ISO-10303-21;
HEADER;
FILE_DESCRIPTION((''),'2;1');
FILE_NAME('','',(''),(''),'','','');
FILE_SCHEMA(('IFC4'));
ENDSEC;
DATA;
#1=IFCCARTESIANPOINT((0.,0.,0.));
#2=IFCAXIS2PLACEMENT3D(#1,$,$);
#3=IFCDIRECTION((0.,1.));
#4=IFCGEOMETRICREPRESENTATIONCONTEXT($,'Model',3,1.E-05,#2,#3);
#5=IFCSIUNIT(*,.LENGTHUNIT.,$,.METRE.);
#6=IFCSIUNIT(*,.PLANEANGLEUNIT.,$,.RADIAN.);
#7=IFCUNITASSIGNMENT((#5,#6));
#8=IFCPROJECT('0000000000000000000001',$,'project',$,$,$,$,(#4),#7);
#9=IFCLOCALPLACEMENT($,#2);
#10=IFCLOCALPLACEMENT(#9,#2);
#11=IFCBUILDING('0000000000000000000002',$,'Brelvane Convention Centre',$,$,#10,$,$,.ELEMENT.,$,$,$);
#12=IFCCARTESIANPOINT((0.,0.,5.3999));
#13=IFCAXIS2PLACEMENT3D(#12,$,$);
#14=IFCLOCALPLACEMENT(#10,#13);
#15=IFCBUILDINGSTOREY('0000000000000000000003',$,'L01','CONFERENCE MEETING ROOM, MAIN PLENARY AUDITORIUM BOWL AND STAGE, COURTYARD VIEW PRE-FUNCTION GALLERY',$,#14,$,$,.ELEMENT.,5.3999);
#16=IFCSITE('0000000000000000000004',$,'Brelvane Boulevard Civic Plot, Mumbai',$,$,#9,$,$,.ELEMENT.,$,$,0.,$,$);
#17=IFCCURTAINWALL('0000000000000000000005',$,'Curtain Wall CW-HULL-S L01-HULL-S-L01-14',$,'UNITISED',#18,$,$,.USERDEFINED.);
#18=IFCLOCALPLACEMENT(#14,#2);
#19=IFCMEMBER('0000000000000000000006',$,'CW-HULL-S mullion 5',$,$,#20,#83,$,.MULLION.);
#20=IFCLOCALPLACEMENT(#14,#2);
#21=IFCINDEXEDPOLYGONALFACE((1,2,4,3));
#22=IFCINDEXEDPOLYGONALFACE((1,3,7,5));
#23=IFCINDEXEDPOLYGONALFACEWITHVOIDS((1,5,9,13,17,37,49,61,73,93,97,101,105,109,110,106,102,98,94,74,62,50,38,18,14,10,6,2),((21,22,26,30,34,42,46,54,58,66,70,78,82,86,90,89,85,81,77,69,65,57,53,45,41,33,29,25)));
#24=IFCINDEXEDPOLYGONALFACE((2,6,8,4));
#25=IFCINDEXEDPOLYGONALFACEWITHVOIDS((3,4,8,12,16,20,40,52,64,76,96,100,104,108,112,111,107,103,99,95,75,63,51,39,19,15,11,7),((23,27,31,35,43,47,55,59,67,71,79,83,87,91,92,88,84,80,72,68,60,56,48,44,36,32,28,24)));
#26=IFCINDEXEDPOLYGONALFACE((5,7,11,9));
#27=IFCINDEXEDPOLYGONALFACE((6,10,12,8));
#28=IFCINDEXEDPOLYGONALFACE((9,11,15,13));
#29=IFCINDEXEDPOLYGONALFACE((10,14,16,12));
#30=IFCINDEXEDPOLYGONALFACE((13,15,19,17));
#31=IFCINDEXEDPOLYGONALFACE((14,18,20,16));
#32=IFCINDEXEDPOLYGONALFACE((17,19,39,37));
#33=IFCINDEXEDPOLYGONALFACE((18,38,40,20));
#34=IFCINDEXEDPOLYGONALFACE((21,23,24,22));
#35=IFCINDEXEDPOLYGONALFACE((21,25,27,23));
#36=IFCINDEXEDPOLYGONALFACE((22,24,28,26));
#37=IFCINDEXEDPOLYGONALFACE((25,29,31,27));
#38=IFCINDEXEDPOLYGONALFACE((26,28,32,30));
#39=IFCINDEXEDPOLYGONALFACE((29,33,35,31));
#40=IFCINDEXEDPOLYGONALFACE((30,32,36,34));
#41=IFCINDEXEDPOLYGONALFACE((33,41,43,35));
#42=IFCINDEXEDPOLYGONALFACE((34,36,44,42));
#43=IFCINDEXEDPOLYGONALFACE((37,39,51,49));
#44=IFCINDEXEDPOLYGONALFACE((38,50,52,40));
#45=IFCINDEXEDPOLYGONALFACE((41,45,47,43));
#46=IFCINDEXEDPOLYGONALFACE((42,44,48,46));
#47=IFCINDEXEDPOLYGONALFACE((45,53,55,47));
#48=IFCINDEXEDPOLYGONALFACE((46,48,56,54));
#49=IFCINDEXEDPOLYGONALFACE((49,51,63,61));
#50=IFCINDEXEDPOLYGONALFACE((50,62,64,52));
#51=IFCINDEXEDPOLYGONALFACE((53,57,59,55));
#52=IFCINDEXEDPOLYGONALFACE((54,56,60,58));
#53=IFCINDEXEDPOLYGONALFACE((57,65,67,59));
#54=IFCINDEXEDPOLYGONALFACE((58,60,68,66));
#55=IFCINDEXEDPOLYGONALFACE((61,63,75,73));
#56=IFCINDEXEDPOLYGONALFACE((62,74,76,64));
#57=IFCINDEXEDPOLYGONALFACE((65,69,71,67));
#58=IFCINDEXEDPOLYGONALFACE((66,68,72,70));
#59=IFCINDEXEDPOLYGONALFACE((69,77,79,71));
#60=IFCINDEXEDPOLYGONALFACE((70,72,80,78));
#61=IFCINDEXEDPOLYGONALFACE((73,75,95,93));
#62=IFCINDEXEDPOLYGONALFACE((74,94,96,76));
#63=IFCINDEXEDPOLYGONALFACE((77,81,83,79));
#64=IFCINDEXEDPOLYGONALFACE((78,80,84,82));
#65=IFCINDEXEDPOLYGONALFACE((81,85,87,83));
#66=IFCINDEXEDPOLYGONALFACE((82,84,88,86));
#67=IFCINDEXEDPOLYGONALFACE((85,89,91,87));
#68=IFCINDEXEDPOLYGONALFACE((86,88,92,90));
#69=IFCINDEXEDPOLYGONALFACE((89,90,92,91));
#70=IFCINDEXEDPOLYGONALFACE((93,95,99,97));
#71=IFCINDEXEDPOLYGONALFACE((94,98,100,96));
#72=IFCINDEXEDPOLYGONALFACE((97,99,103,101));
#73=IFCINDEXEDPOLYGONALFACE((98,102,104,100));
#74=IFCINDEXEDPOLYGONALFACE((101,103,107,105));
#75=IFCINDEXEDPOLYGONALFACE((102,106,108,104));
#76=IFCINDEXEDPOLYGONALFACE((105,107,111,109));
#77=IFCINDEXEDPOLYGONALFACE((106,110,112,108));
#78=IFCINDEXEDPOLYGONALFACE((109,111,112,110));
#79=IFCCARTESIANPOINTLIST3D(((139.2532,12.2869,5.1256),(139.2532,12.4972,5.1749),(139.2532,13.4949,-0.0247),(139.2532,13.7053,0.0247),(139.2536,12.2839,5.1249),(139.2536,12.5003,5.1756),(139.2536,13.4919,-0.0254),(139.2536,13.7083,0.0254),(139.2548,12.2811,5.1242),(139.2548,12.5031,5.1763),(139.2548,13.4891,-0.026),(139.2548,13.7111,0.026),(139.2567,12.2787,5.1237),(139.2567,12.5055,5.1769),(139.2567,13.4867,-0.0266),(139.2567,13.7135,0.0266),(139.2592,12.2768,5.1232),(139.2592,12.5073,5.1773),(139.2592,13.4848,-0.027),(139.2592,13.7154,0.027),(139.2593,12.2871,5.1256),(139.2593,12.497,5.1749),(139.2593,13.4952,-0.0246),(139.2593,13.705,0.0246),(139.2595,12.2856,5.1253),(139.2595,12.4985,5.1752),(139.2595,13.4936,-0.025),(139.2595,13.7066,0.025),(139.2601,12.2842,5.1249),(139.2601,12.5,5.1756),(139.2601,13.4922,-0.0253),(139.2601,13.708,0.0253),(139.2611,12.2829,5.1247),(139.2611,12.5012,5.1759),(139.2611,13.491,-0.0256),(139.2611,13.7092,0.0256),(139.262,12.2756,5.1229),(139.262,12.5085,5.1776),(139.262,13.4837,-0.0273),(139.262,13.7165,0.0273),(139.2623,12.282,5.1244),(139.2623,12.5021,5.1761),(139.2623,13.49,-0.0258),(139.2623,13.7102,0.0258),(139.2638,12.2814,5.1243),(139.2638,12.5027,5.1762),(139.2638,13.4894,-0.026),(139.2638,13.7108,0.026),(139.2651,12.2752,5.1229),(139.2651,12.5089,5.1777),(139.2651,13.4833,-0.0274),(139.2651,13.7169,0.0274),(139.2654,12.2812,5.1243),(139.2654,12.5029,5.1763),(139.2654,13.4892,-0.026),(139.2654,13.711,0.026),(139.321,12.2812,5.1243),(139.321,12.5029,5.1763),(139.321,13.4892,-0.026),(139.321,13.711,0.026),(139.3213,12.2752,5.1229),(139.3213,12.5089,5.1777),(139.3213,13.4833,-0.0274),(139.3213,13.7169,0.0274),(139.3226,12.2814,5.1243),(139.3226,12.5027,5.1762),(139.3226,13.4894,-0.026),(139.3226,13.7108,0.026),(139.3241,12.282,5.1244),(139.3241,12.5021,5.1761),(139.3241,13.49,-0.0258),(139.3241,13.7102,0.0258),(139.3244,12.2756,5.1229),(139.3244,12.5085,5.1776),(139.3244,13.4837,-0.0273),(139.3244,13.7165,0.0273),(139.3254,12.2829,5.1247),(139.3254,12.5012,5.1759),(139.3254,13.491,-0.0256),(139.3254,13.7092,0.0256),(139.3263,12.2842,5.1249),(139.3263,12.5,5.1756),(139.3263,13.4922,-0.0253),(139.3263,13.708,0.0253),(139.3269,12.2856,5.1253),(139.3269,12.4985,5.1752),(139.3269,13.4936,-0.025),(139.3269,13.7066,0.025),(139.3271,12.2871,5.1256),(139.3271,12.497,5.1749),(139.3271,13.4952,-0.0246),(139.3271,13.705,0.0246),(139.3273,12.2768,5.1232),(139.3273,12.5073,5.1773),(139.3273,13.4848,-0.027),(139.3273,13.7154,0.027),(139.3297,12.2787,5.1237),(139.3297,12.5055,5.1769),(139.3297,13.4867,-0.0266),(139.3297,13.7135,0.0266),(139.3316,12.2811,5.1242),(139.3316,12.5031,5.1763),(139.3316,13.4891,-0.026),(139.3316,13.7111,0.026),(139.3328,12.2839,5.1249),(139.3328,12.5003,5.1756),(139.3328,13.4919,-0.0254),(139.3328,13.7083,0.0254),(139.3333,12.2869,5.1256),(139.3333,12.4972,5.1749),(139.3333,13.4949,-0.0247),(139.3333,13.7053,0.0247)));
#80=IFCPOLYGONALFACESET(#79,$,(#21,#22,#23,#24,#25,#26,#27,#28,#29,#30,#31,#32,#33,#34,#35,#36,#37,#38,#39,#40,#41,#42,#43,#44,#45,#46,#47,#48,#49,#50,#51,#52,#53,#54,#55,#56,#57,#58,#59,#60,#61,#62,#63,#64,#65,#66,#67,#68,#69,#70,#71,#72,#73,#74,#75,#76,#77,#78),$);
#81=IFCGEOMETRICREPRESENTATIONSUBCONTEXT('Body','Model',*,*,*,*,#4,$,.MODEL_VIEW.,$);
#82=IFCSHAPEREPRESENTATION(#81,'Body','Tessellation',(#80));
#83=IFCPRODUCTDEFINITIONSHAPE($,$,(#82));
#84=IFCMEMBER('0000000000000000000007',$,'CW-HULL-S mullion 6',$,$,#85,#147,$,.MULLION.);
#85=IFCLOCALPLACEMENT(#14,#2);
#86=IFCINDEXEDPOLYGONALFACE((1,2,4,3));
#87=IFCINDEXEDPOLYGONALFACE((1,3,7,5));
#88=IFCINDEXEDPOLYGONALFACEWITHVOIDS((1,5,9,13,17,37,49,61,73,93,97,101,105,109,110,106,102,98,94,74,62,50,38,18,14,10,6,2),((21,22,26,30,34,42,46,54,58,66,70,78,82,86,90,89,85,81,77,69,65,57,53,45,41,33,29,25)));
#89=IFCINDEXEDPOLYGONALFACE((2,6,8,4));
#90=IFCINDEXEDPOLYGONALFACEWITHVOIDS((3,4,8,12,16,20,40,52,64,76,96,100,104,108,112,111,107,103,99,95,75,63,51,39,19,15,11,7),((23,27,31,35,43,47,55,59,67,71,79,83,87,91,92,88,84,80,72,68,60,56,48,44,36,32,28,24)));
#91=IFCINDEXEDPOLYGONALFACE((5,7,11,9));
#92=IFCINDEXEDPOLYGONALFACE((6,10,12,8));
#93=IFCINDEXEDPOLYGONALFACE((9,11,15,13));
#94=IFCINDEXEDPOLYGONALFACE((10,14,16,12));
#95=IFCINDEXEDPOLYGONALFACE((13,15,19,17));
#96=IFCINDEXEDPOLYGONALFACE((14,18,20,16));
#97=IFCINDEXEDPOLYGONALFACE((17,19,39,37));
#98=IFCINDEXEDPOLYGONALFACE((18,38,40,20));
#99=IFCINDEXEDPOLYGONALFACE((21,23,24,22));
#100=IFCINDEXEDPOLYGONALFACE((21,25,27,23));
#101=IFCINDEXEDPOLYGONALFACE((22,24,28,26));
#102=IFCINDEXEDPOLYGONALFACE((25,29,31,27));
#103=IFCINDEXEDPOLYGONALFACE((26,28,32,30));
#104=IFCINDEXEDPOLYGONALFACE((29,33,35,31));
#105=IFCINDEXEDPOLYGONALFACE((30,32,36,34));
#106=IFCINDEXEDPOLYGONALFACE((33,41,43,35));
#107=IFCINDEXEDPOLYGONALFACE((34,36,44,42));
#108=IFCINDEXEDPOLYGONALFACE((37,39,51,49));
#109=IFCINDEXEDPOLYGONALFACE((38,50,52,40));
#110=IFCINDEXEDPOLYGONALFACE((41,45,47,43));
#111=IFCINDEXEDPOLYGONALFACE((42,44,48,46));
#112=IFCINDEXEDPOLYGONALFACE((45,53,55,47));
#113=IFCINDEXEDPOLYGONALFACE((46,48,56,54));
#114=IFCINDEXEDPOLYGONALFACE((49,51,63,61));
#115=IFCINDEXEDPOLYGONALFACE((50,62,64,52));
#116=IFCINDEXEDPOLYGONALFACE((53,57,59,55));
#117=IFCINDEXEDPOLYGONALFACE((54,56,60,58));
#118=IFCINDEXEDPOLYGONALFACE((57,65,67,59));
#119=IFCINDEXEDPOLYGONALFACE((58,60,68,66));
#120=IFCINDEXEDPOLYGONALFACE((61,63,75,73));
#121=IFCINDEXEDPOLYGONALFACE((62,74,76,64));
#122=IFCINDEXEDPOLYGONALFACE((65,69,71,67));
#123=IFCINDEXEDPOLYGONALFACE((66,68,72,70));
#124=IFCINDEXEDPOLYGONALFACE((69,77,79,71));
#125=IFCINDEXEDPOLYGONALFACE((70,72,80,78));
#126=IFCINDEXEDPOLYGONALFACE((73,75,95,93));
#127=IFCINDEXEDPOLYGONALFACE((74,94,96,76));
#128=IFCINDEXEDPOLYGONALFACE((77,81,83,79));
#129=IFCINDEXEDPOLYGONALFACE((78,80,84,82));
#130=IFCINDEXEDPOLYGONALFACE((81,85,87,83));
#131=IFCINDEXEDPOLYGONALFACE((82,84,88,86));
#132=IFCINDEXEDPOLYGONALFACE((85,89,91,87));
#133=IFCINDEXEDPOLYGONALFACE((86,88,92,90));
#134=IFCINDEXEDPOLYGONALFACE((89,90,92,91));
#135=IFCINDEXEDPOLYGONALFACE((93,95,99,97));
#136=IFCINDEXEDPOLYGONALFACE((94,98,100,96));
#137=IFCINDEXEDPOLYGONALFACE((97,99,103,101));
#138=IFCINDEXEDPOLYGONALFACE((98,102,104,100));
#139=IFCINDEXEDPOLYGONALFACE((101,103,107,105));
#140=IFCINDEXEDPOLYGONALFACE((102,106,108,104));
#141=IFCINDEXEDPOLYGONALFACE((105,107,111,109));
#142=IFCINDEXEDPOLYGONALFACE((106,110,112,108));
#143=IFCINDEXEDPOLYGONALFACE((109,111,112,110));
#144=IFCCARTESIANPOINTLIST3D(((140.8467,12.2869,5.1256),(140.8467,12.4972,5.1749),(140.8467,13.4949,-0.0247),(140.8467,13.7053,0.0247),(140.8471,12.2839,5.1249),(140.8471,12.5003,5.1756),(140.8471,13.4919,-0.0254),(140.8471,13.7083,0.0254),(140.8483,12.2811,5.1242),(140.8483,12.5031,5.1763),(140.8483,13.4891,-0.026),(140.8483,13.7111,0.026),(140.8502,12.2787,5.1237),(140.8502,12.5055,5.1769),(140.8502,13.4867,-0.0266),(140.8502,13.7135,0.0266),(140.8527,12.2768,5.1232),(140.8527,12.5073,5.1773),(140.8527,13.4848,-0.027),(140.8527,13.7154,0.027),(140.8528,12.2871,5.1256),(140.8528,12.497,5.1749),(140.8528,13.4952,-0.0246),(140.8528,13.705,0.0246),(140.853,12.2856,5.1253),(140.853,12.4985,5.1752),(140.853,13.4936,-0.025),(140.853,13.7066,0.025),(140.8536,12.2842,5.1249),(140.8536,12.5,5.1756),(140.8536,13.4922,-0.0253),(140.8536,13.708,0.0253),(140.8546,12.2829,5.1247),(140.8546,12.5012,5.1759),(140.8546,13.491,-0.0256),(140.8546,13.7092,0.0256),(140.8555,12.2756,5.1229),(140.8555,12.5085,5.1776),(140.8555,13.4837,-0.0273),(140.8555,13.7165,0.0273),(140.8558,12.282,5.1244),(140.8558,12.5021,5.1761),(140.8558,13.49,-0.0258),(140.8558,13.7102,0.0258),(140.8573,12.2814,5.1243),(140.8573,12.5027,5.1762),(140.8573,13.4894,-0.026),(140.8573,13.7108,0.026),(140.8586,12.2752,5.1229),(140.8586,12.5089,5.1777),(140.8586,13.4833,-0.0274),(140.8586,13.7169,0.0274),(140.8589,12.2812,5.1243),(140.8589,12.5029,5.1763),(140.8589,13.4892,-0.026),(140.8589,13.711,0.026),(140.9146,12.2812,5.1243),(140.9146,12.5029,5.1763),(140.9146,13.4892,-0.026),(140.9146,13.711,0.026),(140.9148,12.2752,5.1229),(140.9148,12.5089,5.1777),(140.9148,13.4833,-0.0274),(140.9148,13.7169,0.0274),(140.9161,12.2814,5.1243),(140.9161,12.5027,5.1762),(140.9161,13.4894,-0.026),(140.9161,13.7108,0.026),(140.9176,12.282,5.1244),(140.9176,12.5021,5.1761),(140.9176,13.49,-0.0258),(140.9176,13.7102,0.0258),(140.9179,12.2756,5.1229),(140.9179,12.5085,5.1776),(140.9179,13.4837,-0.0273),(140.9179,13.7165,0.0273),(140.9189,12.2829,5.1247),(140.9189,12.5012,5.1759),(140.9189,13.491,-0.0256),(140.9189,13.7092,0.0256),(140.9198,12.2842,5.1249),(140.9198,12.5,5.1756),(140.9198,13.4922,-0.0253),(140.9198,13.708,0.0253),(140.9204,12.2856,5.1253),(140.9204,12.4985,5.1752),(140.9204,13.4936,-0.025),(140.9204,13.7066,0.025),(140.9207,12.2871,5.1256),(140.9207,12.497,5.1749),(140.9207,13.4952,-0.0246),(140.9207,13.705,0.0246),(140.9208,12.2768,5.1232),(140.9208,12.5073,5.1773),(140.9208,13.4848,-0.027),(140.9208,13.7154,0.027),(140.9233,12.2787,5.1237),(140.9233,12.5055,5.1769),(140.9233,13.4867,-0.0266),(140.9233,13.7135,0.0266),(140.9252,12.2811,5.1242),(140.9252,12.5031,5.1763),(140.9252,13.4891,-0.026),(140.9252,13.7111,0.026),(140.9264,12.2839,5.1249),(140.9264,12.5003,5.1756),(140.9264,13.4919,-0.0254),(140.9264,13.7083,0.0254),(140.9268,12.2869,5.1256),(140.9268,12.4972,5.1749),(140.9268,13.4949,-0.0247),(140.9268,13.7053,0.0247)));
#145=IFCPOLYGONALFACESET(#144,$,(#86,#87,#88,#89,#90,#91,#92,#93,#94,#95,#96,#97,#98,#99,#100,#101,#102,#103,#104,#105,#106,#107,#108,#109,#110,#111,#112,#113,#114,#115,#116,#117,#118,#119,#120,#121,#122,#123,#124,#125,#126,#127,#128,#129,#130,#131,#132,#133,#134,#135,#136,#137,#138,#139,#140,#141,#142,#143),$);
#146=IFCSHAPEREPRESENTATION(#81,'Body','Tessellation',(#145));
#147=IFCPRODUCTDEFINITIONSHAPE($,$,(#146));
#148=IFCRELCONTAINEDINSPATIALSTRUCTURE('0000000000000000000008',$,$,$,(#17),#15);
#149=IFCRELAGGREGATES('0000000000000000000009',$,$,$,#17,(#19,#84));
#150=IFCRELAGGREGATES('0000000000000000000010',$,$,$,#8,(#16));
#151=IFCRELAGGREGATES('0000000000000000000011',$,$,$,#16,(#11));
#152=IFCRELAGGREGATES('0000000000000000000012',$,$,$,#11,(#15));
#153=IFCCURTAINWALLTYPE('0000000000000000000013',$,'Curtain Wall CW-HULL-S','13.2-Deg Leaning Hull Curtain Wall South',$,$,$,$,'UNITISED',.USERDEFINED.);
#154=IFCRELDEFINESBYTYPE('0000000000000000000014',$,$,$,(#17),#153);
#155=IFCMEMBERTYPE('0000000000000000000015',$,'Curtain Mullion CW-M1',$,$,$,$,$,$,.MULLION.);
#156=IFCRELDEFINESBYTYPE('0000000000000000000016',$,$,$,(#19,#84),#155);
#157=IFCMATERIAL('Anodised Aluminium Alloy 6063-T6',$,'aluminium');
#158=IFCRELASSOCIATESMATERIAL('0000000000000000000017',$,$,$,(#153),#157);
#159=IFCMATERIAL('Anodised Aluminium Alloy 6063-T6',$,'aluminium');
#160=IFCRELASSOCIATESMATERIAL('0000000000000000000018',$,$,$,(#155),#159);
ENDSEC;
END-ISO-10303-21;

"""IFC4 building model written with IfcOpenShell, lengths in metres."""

from ifc_helpers import new_model, si_unit, direction, frame, origin, origin_2d, place, context, subcontext, project, spatial, hollow_rectangle, extrude, material, material_profile, profile_set, type_object, element, aggregate, save


model = new_model("IFC4")

# Units and contexts
model_context = context("Model", 3, precision=1e-05, world=origin(), true_north=direction((0.0, 1.0)))
body_context = subcontext(model_context, "Body", "Model", "MODEL_VIEW")
ifc_project = project(units=[si_unit("LENGTHUNIT", "METRE"), si_unit("PLANEANGLEUNIT", "RADIAN")], contexts=[model_context])

# Site, building, storey
site_placement = place(None, origin())
site = spatial("IfcSite", under=ifc_project, at=site_placement, Name="Brelvane Boulevard Civic Plot, Mumbai", CompositionType="ELEMENT", RefElevation=0.0)
building_placement = place(site_placement, origin())
building = spatial("IfcBuilding", under=site, at=building_placement, Name="Brelvane Convention Centre", CompositionType="ELEMENT")
storey_placement = place(building_placement, frame((0.0, 0.0, 5.3999)))
storey = spatial("IfcBuildingStorey", under=building, at=storey_placement, Name="L01", Description="CONFERENCE MEETING ROOM, MAIN PLENARY AUDITORIUM BOWL AND STAGE, COURTYARD VIEW PRE-FUNCTION GALLERY", CompositionType="ELEMENT", Elevation=5.3999)

# Curtain wall, members
ifc_material_1 = material(Name="Anodised Aluminium Alloy 6063-T6", Category="aluminium")
curtain_wall_type = type_object("IfcCurtainWallType", Name="Curtain Wall CW-HULL-S", Description="13.2-Deg Leaning Hull Curtain Wall South", ElementType="UNITISED", PredefinedType="USERDEFINED", material=ifc_material_1)
curtain_wall_1_placement = place(storey_placement, origin())
curtain_wall_1 = element("IfcCurtainWall", 1, at=curtain_wall_1_placement, inside=storey, type_object=curtain_wall_type, Name="Curtain Wall CW-HULL-S L01-HULL-S-L01-14", ObjectType="UNITISED", PredefinedType="USERDEFINED")
ifc_material_2 = material(Name="Anodised Aluminium Alloy 6063-T6", Category="aluminium")
ifc_material_profile_1 = material_profile(ifc_material_2, hollow_rectangle(XDim=0.0801, YDim=0.24, WallThickness=0.0061, InnerFilletRadius=0.0061, OuterFilletRadius=0.012, at=origin_2d()), Name="ALU-M 240x80x6.0")
ifc_profile_set_1 = profile_set([ifc_material_profile_1], Name="Anodised Aluminium Alloy 6063-T6")
member_type_1 = type_object("IfcMemberType", Name="Curtain Mullion CW-M1", PredefinedType="MULLION", material=ifc_profile_set_1)
member_1_placement = place(storey_placement, frame((139.2932, 13.6001, 0.0), z_axis=(0.0, -0.22836, 0.973577), x_axis=(1.0, 0.0, 0.0)))
member_1 = element("IfcMember", 2, at=member_1_placement, type_object=member_type_1, Name="CW-HULL-S mullion 5", PredefinedType="MULLION", context=body_context, shape_type="SweptSolid", body=[
    extrude(hollow_rectangle(XDim=0.0801, YDim=0.24, WallThickness=0.0061, InnerFilletRadius=0.0061, OuterFilletRadius=0.012, at=origin_2d()), origin(), (0.0, 0.0, 1.0), 5.29),
])
member_2_placement = place(storey_placement, frame((140.8867, 13.6001, 0.0), z_axis=(0.0, -0.22836, 0.973577), x_axis=(1.0, 0.0, 0.0)))
member_2 = element("IfcMember", 3, at=member_2_placement, type_object=member_type_1, Name="CW-HULL-S mullion 6", PredefinedType="MULLION", context=body_context, shape_type="SweptSolid", body=[
    extrude(hollow_rectangle(XDim=0.0801, YDim=0.24, WallThickness=0.0061, InnerFilletRadius=0.0061, OuterFilletRadius=0.012, at=origin_2d()), origin(), (0.0, 0.0, 1.0), 5.29),
])
aggregate(curtain_wall_1, [member_1, member_2])

save(model, "model.ifc")
